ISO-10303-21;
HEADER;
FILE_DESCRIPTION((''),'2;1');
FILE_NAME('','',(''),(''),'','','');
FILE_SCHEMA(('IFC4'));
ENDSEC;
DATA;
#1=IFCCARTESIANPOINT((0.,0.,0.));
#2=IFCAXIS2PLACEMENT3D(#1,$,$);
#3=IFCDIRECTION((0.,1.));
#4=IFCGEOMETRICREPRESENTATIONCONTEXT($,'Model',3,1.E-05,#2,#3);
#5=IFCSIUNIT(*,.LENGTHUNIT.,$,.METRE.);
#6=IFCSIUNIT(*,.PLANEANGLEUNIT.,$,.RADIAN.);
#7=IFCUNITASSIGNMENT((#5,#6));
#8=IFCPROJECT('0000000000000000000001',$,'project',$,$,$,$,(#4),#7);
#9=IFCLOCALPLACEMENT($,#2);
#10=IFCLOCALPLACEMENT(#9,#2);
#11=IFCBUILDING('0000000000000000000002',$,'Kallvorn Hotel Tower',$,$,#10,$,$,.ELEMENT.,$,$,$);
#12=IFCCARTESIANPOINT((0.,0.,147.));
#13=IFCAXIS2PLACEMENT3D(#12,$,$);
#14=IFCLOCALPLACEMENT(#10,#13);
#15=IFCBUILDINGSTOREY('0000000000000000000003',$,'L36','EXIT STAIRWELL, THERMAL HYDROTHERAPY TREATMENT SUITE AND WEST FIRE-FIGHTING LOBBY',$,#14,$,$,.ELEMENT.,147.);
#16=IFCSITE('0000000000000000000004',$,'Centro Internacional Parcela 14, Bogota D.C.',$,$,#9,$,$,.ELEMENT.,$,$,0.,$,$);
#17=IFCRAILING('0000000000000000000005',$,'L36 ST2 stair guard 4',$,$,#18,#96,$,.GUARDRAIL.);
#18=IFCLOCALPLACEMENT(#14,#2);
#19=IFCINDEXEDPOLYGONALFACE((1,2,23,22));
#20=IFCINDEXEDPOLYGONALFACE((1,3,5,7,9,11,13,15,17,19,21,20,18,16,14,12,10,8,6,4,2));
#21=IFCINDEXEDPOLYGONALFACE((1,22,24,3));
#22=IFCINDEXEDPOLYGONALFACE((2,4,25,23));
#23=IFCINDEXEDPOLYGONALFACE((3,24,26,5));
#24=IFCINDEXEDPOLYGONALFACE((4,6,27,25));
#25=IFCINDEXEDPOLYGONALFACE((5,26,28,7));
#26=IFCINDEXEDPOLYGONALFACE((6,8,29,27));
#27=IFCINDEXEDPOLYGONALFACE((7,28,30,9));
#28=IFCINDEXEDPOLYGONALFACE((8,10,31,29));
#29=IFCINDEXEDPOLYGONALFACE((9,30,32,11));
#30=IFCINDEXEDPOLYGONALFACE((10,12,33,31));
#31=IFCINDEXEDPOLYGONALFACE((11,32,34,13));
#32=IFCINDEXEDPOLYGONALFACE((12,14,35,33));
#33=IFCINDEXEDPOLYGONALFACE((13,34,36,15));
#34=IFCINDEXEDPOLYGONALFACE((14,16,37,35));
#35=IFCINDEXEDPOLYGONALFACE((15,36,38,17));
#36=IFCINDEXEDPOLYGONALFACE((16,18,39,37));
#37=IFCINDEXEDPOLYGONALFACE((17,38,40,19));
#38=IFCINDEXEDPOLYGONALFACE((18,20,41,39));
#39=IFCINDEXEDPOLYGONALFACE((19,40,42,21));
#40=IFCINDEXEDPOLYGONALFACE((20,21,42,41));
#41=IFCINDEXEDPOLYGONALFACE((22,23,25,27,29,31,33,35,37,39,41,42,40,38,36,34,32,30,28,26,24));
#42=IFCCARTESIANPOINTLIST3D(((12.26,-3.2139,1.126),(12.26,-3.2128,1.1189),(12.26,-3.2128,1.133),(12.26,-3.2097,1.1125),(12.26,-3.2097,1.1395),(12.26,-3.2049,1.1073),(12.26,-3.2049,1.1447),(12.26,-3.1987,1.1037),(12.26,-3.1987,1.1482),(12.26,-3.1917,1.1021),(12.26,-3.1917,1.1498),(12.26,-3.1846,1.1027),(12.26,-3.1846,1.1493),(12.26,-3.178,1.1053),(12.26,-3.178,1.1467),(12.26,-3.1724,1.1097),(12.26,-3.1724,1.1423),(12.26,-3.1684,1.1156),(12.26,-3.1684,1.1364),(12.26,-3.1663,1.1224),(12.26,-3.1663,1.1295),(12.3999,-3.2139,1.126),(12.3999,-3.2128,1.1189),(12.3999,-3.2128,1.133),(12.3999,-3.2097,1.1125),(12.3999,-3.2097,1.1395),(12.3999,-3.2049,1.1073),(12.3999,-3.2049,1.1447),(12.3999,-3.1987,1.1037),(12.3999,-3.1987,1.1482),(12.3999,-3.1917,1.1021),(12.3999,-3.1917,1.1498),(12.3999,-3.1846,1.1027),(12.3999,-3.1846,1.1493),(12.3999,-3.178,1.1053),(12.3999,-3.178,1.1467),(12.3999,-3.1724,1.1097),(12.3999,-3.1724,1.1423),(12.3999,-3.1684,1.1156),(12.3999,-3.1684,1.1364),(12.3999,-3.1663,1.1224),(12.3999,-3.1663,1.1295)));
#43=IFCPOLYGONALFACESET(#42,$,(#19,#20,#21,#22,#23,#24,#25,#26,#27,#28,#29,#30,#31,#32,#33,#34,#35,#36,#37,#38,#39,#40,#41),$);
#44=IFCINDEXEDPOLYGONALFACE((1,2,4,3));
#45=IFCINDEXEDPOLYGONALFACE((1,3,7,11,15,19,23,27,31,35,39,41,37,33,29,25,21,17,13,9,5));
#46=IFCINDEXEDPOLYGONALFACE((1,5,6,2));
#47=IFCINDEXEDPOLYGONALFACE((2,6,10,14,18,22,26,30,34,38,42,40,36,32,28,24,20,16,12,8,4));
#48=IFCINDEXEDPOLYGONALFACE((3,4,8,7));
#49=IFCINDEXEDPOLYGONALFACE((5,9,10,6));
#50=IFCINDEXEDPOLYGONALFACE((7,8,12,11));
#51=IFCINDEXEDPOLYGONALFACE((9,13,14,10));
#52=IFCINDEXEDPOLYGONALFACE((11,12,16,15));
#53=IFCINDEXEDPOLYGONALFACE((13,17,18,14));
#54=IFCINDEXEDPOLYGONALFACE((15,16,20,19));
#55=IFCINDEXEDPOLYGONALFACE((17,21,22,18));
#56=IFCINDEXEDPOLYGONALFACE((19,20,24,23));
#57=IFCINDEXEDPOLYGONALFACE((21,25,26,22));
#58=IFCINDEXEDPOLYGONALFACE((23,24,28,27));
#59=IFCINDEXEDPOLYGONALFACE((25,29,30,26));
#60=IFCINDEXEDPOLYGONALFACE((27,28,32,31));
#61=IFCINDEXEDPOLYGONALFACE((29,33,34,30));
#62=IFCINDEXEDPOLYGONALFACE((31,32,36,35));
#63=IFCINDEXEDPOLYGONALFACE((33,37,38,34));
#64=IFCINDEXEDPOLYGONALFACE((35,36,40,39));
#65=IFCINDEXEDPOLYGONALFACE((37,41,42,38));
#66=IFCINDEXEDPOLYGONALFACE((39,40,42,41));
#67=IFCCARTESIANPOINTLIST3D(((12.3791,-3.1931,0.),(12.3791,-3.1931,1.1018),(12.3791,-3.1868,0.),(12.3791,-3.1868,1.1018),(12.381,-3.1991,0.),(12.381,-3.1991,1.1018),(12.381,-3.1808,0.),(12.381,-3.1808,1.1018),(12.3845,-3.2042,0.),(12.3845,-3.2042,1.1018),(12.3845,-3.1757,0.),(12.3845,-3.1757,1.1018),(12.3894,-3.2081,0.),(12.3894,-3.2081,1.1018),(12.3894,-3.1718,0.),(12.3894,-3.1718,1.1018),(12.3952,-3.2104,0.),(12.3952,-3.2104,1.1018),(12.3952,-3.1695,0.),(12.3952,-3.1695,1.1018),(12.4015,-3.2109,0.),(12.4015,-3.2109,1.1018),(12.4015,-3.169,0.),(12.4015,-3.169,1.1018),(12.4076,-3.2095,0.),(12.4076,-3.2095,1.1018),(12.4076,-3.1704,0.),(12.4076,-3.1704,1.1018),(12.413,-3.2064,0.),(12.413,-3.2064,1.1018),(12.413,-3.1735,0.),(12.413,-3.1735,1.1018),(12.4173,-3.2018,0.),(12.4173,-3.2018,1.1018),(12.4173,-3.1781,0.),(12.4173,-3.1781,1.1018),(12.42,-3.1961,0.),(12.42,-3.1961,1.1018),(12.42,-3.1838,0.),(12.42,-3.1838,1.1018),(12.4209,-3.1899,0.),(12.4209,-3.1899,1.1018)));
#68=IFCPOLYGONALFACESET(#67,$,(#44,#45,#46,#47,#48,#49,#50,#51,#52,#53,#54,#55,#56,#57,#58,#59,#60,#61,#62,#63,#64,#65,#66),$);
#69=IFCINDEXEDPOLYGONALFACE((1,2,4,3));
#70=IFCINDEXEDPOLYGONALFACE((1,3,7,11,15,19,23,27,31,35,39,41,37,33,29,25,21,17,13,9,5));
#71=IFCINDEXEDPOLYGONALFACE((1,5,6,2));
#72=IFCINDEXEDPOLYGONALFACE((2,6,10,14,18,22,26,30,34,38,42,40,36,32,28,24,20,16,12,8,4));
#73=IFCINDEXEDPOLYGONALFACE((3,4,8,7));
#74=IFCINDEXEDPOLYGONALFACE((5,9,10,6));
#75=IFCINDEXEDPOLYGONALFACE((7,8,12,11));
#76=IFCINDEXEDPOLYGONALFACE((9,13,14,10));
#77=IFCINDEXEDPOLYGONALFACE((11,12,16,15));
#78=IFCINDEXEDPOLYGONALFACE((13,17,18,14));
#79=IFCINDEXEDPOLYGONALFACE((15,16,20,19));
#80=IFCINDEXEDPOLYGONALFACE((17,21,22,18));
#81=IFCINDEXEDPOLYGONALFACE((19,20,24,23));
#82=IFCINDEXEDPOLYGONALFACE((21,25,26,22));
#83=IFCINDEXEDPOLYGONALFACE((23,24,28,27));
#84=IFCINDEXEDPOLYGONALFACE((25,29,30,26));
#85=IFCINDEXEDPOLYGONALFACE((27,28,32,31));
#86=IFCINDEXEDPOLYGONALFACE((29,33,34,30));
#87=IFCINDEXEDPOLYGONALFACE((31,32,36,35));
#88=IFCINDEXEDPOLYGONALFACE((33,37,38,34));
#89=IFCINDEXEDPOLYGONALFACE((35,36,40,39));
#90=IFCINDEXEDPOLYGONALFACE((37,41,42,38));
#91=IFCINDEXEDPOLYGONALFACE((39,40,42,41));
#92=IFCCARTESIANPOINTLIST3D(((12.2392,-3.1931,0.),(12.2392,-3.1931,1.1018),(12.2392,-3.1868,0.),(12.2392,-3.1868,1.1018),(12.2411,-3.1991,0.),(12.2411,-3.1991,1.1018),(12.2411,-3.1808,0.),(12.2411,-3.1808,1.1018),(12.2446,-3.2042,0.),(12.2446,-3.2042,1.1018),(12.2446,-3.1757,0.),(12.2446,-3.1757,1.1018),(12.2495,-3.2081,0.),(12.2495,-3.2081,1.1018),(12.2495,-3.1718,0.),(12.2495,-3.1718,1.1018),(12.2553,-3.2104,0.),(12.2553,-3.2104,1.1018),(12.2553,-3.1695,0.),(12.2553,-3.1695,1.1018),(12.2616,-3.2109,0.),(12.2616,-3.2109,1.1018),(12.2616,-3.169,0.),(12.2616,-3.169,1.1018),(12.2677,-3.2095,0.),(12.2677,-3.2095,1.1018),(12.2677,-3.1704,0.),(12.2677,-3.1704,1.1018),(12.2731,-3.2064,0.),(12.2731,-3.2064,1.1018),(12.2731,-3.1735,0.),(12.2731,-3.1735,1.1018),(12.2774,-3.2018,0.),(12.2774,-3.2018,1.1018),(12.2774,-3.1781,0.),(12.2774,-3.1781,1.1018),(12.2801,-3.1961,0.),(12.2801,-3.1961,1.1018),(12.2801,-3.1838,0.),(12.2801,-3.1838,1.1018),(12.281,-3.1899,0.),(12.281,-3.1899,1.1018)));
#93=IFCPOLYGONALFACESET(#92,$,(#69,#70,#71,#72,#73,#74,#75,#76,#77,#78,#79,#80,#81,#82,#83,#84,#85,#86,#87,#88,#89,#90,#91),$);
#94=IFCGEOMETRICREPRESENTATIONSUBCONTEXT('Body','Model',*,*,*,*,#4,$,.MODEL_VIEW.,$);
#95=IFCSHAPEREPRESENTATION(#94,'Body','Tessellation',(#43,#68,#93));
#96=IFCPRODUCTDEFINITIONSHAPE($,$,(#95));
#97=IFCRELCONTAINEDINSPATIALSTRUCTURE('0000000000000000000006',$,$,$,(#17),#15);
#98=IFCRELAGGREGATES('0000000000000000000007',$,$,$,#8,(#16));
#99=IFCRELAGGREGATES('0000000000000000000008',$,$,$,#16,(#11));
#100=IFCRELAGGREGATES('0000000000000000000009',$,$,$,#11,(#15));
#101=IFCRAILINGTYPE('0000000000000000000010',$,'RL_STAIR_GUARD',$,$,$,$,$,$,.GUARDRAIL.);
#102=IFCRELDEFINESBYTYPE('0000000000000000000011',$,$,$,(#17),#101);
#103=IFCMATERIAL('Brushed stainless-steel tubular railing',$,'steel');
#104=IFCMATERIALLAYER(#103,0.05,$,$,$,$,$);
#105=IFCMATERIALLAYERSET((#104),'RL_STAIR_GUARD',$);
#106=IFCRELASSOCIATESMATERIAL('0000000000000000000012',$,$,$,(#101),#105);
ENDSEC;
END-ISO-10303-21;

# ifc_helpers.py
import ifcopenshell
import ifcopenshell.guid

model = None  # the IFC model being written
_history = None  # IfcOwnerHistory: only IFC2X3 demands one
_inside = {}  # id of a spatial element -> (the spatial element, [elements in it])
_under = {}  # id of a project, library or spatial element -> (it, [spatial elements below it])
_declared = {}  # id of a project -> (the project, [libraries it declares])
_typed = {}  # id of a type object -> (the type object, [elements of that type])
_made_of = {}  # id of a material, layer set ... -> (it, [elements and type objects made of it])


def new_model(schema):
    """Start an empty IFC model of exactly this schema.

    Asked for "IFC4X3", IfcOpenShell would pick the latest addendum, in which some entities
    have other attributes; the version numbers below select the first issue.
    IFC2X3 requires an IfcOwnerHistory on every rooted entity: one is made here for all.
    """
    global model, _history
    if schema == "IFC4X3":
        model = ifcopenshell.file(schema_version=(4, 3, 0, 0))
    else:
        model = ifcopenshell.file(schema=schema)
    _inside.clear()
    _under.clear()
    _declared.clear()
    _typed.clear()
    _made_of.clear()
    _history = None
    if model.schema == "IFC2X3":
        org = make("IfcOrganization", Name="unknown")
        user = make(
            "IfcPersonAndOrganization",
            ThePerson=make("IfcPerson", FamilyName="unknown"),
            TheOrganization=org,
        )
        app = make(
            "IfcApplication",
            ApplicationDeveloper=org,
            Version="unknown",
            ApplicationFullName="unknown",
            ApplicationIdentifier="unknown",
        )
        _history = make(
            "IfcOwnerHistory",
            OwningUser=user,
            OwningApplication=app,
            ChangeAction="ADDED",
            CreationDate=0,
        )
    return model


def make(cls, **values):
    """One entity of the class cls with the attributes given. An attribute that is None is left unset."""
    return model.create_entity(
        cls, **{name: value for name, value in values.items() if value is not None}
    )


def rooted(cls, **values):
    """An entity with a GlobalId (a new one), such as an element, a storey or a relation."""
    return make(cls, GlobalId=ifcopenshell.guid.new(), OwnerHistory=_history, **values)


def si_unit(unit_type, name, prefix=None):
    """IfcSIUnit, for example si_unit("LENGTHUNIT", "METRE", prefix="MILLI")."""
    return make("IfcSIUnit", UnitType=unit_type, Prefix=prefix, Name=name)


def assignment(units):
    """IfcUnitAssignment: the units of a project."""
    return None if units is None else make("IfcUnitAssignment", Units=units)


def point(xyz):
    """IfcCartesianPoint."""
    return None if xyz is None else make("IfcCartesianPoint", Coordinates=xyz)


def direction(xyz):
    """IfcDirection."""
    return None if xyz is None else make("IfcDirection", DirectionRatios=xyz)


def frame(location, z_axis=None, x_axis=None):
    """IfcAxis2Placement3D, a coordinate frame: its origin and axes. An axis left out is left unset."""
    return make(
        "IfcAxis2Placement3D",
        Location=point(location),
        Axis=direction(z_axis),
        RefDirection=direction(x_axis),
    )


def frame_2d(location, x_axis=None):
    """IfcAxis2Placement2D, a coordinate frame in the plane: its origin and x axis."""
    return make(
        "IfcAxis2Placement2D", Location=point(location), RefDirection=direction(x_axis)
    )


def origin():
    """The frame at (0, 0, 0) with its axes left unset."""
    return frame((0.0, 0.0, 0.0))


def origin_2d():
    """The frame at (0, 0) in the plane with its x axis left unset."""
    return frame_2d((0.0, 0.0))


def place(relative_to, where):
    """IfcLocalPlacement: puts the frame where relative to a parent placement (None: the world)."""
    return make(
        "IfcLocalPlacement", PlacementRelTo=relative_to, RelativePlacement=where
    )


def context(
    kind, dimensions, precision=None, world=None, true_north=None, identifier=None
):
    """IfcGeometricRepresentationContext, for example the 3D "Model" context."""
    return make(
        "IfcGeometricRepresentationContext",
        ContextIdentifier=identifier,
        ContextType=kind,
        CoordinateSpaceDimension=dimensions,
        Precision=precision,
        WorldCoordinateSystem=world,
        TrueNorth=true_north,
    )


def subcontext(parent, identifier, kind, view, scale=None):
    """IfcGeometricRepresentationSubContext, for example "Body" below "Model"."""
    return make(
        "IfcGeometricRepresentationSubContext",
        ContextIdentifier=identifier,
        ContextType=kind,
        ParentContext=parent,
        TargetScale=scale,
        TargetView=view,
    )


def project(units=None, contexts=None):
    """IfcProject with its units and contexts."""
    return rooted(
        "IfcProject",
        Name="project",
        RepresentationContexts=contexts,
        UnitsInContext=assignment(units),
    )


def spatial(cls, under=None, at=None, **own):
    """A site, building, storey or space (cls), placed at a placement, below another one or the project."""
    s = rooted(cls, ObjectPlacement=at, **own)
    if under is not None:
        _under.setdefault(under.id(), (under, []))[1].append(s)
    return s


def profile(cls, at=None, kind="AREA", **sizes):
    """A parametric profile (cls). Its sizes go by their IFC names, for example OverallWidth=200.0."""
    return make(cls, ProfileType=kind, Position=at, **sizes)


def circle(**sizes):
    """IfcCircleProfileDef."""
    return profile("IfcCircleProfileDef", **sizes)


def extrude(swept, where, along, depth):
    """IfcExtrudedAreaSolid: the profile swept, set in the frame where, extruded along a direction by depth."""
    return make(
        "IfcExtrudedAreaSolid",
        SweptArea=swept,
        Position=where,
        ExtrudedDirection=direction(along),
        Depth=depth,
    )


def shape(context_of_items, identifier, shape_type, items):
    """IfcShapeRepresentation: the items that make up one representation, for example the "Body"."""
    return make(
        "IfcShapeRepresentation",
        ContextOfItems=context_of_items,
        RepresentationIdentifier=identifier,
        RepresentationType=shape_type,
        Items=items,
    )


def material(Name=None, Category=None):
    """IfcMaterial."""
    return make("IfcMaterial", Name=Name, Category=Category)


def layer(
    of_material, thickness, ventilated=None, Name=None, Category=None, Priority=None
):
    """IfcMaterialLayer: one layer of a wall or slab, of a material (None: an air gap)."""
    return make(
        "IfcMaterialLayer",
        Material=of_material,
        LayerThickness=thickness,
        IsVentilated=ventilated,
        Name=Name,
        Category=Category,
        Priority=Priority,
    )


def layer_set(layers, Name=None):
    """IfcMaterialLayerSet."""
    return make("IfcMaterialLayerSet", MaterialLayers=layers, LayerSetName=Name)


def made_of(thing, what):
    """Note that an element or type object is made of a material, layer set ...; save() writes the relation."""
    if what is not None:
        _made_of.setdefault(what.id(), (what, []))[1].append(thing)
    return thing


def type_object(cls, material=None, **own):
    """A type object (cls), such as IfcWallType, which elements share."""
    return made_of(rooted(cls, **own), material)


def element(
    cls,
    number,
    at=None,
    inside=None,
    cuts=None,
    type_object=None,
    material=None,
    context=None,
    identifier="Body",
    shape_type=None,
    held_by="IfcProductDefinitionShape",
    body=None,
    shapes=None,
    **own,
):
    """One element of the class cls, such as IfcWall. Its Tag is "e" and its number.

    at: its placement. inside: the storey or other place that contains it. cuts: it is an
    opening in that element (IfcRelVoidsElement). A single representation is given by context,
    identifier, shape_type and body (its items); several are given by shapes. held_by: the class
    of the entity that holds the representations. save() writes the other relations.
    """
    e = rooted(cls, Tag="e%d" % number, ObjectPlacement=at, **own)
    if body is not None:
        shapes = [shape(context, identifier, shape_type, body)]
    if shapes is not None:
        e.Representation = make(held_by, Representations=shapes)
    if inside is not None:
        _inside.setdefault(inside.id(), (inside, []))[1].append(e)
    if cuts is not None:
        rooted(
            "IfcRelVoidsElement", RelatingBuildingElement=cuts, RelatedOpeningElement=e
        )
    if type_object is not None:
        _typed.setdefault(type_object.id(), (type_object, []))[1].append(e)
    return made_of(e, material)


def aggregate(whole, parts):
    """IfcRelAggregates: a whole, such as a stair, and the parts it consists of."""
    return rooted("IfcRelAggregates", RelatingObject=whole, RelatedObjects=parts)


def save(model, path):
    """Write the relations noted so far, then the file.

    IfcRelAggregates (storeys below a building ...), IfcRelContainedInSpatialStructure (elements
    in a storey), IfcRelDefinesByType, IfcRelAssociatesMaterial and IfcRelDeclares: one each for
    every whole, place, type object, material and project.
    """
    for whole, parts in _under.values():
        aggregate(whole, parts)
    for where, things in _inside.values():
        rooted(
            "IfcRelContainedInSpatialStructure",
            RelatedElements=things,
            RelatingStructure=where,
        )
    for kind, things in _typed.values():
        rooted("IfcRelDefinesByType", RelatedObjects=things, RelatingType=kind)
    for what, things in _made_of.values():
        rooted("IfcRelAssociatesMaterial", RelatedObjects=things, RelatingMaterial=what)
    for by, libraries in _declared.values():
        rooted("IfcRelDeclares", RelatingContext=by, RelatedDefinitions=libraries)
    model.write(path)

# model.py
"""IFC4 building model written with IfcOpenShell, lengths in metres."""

from ifc_helpers import new_model, si_unit, direction, frame, origin, origin_2d, place, context, subcontext, project, spatial, circle, extrude, material, layer, layer_set, type_object, element, save


model = new_model("IFC4")

# Units and contexts
model_context = context("Model", 3, precision=1e-05, world=origin(), true_north=direction((0.0, 1.0)))
body_context = subcontext(model_context, "Body", "Model", "MODEL_VIEW")
ifc_project = project(units=[si_unit("LENGTHUNIT", "METRE"), si_unit("PLANEANGLEUNIT", "RADIAN")], contexts=[model_context])

# Site, building, storey
site_placement = place(None, origin())
site = spatial("IfcSite", under=ifc_project, at=site_placement, Name="Centro Internacional Parcela 14, Bogota D.C.", CompositionType="ELEMENT", RefElevation=0.0)
building_placement = place(site_placement, origin())
building = spatial("IfcBuilding", under=site, at=building_placement, Name="Kallvorn Hotel Tower", CompositionType="ELEMENT")
storey_placement = place(building_placement, frame((0.0, 0.0, 147.0)))
storey = spatial("IfcBuildingStorey", under=building, at=storey_placement, Name="L36", Description="EXIT STAIRWELL, THERMAL HYDROTHERAPY TREATMENT SUITE AND WEST FIRE-FIGHTING LOBBY", CompositionType="ELEMENT", Elevation=147.0)

# Railing
ifc_material_1 = material(Name="Brushed stainless-steel tubular railing", Category="steel")
ifc_layer_1 = layer(ifc_material_1, 0.05)
ifc_layer_set_1 = layer_set([ifc_layer_1], Name="RL_STAIR_GUARD")
railing_type_1 = type_object("IfcRailingType", Name="RL_STAIR_GUARD", PredefinedType="GUARDRAIL", material=ifc_layer_set_1)
railing_1_placement = place(storey_placement, frame((12.3999, -3.1899, 0.0)))
element("IfcRailing", 1, at=railing_1_placement, inside=storey, type_object=railing_type_1, Name="L36 ST2 stair guard 4", PredefinedType="GUARDRAIL", context=body_context, shape_type="SweptSolid", body=[
    extrude(circle(Radius=0.0239, at=origin_2d()), frame((0.0, 0.0, 1.126), z_axis=(-1.0, 0.0, 0.0), x_axis=(0.0, -1.0, 0.0)), (0.0, 0.0, 1.0), 0.1399),
    extrude(circle(Radius=0.021, at=origin_2d()), origin(), (0.0, 0.0, 1.0), 1.1018),
    extrude(circle(Radius=0.021, at=origin_2d()), frame((-0.1399, 0.0, 0.0)), (0.0, 0.0, 1.0), 1.1018),
])

save(model, "model.ifc")
